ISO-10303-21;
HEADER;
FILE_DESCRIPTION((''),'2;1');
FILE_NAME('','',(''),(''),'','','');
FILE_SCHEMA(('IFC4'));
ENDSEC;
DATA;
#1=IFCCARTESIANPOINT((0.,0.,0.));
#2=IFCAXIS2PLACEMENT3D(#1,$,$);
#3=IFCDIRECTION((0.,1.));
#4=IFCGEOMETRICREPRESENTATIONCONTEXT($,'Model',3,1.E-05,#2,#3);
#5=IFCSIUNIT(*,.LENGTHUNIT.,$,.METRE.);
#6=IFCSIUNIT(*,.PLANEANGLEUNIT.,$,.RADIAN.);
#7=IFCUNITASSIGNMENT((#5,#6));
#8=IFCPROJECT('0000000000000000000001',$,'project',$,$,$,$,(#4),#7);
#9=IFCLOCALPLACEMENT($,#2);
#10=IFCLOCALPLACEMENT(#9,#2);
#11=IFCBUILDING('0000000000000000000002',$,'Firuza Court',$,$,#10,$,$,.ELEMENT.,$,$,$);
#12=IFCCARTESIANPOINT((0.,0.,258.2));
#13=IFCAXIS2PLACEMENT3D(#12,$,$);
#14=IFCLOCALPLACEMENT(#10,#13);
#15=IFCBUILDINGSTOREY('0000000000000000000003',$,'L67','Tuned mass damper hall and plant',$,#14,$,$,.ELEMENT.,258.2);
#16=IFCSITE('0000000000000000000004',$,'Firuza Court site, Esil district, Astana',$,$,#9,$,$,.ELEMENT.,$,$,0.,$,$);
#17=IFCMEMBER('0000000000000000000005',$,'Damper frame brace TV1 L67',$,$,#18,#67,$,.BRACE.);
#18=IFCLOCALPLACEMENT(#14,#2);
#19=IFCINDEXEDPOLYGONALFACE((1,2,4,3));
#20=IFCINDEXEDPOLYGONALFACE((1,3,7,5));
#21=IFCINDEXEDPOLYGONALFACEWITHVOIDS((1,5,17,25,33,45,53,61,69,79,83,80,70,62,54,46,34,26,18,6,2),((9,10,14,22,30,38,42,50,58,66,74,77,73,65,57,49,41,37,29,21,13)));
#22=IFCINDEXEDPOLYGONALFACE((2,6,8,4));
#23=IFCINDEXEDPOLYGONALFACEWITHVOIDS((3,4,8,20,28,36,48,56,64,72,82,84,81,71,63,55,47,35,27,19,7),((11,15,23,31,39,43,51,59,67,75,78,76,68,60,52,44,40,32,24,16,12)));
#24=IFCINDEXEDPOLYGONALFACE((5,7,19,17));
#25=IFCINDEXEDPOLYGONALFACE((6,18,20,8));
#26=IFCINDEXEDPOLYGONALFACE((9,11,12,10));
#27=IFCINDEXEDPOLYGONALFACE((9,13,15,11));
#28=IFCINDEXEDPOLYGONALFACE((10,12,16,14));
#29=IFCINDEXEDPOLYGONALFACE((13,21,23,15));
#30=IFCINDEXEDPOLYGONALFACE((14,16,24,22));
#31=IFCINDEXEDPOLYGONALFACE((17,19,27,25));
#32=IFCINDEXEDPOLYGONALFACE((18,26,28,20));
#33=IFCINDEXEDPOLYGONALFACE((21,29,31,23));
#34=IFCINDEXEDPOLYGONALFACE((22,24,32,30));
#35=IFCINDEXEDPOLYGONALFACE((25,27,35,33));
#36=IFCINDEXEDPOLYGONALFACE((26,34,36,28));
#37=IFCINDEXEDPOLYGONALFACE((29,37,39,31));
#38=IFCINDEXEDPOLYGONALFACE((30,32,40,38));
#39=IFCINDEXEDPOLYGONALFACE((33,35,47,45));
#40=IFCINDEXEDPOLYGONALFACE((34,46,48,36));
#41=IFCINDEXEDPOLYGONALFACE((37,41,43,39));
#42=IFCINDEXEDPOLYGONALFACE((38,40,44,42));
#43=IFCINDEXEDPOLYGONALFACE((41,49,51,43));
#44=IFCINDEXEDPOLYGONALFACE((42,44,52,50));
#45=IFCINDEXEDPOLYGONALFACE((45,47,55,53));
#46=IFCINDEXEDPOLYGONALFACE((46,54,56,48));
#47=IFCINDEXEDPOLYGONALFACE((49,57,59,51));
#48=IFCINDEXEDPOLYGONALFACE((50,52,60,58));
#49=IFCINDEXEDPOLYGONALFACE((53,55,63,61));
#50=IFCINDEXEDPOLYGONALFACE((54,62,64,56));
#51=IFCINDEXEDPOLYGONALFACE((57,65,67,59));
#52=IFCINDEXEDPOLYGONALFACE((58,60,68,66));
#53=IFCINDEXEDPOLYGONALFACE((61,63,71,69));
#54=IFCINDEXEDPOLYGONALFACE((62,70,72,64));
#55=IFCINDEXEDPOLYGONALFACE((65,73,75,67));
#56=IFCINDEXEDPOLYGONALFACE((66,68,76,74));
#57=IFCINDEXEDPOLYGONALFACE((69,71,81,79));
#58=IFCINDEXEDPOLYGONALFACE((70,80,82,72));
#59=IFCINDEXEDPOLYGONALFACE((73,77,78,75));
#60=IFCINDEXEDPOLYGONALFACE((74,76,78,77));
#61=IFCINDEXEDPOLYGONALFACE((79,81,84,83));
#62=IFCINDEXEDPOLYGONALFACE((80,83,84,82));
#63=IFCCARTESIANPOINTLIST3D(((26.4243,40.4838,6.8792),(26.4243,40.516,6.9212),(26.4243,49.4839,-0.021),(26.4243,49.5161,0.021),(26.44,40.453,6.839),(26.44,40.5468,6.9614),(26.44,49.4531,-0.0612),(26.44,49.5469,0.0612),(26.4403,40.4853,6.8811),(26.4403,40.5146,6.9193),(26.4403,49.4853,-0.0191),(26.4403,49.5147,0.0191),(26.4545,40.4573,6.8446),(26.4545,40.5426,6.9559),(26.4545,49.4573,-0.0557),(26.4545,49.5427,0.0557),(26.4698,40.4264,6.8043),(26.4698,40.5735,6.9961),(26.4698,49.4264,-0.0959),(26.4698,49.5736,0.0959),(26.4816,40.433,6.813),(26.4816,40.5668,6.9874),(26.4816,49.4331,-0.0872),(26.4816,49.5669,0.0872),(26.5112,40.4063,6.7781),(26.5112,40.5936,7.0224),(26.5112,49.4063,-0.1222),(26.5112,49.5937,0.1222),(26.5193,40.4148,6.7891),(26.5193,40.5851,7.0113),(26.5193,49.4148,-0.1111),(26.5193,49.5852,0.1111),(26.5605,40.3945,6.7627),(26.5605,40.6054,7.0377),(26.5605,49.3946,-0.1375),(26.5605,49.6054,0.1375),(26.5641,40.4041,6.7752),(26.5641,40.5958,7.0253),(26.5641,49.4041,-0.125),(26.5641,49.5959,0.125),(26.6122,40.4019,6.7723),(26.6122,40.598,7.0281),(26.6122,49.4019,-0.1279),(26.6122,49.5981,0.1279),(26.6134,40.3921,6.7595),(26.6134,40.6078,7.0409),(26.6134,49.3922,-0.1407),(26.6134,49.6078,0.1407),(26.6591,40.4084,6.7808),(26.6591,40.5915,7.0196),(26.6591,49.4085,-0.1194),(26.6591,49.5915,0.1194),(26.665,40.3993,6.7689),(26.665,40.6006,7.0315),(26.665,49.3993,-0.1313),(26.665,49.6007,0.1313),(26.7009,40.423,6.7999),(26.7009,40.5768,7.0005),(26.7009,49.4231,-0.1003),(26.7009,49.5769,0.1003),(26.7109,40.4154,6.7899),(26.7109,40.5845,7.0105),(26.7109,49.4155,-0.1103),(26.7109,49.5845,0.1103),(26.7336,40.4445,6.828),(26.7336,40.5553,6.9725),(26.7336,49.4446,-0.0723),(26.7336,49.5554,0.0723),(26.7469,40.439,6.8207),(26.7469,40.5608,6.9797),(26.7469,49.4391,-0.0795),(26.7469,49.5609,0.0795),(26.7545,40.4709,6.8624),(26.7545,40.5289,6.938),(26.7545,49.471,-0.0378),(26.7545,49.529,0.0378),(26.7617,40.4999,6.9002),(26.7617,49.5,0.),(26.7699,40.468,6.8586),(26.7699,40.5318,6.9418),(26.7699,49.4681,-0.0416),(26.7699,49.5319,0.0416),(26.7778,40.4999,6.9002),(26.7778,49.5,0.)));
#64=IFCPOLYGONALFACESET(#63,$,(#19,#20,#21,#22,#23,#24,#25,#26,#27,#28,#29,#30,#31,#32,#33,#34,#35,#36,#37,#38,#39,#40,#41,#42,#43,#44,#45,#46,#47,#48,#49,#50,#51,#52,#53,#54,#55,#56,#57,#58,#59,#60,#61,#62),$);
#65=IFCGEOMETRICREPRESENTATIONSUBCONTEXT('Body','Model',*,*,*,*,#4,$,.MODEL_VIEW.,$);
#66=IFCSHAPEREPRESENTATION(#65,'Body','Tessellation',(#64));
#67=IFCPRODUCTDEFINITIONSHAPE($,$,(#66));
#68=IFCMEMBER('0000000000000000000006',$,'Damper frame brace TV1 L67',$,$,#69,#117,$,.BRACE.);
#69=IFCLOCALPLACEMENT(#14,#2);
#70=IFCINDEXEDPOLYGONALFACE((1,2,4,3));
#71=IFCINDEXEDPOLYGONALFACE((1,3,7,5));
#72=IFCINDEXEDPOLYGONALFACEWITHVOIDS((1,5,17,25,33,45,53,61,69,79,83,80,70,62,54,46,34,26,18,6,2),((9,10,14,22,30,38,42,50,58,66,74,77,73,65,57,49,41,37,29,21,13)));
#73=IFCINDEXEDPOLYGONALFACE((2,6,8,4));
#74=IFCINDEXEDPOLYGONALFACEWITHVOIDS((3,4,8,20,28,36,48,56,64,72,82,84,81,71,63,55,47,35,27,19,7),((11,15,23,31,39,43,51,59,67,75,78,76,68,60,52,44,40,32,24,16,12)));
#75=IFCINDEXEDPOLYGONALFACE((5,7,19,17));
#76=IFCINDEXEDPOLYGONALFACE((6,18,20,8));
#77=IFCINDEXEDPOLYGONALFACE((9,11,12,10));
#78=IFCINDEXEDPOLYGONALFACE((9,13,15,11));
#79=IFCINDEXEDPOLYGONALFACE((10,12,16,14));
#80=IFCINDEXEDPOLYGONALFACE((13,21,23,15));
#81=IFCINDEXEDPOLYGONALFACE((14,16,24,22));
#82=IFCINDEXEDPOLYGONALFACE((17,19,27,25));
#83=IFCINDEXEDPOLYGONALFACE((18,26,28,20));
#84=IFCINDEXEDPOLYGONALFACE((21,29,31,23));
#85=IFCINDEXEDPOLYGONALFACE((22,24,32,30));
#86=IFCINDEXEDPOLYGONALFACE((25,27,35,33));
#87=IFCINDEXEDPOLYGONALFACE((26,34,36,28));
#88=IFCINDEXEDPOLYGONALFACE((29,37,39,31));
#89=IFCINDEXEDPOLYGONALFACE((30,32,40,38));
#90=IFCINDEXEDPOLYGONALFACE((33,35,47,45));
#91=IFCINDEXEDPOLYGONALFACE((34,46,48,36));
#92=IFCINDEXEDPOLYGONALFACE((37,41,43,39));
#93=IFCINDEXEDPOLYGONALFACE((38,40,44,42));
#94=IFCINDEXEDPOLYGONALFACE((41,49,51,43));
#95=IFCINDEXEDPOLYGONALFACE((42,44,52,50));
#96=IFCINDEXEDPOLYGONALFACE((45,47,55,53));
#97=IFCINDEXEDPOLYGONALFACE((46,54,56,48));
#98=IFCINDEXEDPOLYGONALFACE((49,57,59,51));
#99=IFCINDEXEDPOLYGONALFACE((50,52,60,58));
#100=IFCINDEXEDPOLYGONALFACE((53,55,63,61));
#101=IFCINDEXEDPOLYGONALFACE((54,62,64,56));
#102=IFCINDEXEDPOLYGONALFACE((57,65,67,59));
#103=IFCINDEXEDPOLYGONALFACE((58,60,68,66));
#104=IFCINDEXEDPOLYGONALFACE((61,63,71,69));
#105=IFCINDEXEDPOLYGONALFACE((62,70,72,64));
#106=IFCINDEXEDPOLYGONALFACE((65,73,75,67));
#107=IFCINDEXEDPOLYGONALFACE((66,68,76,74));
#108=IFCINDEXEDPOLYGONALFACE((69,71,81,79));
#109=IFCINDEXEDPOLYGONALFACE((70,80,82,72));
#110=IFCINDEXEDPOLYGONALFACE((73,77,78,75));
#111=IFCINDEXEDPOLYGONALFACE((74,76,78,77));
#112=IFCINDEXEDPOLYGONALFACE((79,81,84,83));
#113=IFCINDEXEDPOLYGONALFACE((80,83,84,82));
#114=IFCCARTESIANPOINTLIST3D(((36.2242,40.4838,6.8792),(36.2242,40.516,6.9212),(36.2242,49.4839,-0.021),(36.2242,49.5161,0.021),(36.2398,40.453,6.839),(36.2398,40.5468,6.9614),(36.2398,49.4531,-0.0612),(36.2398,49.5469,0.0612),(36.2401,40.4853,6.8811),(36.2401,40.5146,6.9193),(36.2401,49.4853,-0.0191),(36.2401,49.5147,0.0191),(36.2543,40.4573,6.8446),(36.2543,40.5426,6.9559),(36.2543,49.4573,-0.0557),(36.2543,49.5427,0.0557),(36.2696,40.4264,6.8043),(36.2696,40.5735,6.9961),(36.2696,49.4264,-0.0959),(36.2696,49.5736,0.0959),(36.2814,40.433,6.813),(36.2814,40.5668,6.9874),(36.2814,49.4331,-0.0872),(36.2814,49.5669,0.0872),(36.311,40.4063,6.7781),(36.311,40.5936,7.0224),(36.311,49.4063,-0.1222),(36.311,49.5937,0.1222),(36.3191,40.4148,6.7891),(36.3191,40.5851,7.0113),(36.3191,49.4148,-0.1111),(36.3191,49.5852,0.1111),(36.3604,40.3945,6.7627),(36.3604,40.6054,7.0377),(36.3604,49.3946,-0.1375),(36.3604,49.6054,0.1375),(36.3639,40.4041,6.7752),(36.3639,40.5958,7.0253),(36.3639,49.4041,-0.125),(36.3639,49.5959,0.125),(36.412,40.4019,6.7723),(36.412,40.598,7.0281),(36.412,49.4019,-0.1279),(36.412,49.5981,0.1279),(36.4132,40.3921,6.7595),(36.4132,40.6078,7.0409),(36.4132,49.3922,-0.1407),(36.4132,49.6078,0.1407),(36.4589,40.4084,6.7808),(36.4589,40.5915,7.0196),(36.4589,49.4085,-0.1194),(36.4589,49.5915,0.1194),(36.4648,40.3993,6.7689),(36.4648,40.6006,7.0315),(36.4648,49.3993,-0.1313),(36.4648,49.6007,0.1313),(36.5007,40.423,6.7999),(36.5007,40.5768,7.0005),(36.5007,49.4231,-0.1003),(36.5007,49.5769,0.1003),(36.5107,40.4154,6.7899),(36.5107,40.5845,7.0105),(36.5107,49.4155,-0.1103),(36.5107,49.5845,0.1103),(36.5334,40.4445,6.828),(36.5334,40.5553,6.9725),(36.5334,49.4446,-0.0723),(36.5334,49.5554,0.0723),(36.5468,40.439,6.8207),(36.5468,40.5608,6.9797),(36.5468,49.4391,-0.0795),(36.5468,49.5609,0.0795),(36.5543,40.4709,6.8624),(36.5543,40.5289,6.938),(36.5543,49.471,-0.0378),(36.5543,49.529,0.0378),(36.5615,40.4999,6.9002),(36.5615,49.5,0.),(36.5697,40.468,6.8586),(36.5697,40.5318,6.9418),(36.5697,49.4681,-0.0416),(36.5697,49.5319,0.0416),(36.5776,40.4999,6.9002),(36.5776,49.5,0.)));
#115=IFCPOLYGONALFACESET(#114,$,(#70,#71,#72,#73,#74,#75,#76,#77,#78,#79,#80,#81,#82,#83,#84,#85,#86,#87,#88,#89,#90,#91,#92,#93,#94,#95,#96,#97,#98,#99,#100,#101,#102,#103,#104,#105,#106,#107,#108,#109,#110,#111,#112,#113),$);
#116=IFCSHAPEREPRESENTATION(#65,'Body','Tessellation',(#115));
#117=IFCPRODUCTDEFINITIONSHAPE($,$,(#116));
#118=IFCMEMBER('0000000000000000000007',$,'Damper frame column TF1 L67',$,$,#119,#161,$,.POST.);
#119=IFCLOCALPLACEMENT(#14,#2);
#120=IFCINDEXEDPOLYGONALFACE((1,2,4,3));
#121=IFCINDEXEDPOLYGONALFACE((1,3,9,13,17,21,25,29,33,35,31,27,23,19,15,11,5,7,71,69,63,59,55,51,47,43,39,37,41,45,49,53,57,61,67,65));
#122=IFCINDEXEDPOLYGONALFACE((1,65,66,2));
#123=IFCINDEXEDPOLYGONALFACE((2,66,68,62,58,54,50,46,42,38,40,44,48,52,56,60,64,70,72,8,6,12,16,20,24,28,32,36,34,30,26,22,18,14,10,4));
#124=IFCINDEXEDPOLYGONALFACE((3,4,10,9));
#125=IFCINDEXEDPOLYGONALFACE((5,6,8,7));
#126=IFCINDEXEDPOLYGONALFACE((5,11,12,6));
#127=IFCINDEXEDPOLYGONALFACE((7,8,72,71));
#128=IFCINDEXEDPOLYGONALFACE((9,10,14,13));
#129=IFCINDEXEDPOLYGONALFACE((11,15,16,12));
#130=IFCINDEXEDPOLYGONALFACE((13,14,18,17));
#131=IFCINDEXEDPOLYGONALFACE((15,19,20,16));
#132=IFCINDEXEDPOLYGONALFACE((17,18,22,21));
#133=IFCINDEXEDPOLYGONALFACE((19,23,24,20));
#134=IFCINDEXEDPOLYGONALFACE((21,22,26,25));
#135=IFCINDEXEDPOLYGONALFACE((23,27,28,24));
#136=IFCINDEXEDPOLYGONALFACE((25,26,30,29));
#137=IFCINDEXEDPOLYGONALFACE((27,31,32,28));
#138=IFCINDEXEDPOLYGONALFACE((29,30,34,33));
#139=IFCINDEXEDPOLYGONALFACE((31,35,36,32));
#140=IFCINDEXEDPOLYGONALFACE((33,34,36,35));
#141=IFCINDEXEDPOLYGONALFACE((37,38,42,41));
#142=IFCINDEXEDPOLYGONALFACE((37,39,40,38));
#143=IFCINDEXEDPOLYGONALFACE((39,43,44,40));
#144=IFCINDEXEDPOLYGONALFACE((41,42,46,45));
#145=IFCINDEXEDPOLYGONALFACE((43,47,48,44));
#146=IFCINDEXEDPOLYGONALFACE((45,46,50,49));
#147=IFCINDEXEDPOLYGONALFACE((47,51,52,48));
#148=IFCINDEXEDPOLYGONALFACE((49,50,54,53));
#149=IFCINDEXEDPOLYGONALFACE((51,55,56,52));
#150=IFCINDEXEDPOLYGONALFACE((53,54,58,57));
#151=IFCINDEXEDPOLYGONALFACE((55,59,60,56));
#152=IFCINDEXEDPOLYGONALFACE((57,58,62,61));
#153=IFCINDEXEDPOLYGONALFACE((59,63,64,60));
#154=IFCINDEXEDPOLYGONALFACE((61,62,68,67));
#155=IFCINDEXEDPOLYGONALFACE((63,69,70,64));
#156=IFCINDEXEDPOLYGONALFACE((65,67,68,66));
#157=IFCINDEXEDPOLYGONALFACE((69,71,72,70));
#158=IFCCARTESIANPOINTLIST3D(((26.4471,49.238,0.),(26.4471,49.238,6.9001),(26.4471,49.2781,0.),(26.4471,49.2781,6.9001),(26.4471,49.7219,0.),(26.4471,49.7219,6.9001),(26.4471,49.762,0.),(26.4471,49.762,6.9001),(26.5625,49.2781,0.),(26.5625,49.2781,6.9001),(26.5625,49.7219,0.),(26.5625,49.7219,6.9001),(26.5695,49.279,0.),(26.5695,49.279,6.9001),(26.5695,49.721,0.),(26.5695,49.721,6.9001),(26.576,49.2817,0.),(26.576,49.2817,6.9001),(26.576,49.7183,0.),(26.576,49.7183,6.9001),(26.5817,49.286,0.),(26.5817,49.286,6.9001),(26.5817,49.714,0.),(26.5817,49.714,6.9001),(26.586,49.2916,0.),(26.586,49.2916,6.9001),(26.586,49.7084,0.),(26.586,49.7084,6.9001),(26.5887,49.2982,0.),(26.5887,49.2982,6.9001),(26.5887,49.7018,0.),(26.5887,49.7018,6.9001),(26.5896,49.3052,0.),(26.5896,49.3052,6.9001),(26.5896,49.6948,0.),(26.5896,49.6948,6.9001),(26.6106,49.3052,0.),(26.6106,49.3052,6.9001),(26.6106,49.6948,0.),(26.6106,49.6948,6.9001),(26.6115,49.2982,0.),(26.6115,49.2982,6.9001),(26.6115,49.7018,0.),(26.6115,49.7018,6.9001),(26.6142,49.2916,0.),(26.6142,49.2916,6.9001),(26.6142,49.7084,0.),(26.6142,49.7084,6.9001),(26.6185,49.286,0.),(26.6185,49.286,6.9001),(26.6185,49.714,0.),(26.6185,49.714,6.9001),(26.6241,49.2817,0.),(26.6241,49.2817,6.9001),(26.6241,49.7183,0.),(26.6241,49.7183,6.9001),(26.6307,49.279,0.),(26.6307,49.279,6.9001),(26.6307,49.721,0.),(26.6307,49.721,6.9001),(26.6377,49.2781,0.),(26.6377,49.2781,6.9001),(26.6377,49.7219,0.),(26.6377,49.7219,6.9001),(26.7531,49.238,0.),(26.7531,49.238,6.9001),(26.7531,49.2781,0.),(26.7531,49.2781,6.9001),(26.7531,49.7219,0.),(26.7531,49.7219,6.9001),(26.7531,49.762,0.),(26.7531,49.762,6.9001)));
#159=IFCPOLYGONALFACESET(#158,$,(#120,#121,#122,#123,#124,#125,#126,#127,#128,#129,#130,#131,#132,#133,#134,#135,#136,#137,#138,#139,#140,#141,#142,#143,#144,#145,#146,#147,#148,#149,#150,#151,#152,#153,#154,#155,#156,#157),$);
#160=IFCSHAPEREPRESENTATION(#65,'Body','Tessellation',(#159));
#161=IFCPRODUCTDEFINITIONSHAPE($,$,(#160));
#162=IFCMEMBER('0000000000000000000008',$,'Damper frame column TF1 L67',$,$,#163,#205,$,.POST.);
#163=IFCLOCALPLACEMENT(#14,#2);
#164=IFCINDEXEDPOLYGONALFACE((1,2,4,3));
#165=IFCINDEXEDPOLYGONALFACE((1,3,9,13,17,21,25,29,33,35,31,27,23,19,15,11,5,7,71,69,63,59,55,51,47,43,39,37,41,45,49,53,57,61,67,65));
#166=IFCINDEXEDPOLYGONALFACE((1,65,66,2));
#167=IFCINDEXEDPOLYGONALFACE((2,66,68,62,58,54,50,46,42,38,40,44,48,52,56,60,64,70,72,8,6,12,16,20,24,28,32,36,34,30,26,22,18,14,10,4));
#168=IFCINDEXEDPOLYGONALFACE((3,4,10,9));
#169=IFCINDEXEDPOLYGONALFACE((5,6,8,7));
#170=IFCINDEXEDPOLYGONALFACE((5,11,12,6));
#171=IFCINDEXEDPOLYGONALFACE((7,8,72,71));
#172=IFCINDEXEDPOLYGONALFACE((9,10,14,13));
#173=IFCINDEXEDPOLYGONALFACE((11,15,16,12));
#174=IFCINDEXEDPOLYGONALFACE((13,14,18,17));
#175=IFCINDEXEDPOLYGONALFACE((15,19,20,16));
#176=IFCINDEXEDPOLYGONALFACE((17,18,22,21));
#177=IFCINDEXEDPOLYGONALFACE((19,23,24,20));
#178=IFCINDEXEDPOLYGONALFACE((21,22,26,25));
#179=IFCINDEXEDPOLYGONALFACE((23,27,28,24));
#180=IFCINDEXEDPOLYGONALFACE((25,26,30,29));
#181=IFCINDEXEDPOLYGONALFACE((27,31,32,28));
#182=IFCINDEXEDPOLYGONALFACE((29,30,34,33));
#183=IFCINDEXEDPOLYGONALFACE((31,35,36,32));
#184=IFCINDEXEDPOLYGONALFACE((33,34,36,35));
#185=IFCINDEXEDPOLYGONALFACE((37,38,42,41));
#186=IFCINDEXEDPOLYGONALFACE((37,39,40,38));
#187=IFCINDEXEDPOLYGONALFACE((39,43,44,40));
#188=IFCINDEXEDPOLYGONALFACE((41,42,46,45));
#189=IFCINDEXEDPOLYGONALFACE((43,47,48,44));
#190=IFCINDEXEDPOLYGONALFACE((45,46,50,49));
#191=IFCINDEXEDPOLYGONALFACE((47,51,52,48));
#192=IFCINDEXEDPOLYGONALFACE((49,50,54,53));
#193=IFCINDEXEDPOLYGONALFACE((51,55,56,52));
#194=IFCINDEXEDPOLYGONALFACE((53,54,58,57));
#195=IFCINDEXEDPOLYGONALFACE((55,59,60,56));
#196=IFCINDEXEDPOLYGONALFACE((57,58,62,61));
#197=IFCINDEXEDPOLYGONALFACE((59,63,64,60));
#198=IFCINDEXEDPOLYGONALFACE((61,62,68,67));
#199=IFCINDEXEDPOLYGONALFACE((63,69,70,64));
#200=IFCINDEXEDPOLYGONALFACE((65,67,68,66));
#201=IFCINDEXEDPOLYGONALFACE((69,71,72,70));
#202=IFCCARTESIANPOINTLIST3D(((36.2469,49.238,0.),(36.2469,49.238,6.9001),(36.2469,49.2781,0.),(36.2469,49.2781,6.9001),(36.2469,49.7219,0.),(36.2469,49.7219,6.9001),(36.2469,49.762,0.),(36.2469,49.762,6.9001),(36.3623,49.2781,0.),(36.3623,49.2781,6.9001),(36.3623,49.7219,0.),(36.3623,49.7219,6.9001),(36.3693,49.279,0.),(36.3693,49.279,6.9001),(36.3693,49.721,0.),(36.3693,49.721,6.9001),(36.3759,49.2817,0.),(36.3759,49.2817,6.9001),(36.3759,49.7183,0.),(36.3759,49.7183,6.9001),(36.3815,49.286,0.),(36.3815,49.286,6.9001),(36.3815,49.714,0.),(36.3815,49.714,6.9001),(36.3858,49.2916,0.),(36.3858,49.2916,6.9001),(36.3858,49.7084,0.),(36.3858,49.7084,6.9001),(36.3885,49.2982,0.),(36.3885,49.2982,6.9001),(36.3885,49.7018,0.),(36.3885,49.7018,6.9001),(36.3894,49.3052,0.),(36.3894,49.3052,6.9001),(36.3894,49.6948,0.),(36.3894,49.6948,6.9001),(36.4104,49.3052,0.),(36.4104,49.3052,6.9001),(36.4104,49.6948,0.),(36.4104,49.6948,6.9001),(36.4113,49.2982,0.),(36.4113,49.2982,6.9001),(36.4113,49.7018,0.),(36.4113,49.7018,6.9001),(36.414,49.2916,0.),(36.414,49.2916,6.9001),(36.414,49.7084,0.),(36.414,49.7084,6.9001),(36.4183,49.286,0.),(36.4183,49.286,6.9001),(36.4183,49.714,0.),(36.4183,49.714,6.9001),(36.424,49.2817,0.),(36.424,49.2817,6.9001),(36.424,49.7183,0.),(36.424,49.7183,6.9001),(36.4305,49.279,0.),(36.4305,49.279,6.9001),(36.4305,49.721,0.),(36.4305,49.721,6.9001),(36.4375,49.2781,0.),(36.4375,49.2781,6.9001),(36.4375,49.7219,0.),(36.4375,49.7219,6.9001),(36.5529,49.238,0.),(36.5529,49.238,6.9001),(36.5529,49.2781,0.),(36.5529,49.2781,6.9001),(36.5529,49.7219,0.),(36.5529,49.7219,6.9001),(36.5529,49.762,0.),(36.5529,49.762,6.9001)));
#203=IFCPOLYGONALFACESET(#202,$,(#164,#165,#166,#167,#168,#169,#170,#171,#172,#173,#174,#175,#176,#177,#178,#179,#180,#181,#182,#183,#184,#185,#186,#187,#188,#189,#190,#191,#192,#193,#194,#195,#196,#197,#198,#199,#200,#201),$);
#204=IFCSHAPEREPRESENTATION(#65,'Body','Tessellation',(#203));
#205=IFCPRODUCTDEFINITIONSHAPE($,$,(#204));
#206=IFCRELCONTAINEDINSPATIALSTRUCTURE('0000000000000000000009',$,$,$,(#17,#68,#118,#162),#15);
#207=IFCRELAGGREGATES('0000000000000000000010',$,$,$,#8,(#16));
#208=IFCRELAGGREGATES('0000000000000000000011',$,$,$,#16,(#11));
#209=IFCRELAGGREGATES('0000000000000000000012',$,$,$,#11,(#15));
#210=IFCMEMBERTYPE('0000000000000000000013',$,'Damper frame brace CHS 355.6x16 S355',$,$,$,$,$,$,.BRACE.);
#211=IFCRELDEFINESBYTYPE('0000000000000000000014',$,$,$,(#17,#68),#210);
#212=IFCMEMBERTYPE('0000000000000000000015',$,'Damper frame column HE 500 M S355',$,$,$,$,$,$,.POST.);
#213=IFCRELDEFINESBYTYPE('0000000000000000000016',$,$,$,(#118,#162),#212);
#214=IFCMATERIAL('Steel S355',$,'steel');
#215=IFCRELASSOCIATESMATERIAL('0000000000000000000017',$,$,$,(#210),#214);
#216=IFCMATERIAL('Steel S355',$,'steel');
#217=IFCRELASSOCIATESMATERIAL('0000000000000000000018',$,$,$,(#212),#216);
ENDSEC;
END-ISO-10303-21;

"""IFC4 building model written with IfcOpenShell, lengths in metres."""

from ifc_helpers import new_model, si_unit, direction, frame, origin, origin_2d, place, context, subcontext, project, spatial, hollow_circle, i_section, extrude, material, material_profile, profile_set, type_object, element, save


model = new_model("IFC4")

# Units and contexts
model_context = context("Model", 3, precision=1e-05, world=origin(), true_north=direction((0.0, 1.0)))
body_context = subcontext(model_context, "Body", "Model", "MODEL_VIEW")
ifc_project = project(units=[si_unit("LENGTHUNIT", "METRE"), si_unit("PLANEANGLEUNIT", "RADIAN")], contexts=[model_context])

# Site, building, storey
site_placement = place(None, origin())
site = spatial("IfcSite", under=ifc_project, at=site_placement, Name="Firuza Court site, Esil district, Astana", CompositionType="ELEMENT", RefElevation=0.0)
building_placement = place(site_placement, origin())
building = spatial("IfcBuilding", under=site, at=building_placement, Name="Firuza Court", CompositionType="ELEMENT")
storey_placement = place(building_placement, frame((0.0, 0.0, 258.2)))
storey = spatial("IfcBuildingStorey", under=building, at=storey_placement, Name="L67", Description="Tuned mass damper hall and plant", CompositionType="ELEMENT", Elevation=258.2)

# Members
ifc_material_1 = material(Name="Steel S355", Category="steel")
ifc_material_profile_1 = material_profile(ifc_material_1, hollow_circle(Radius=0.1777, WallThickness=0.0161, at=origin_2d()), Name="CHS 355.6x16")
ifc_profile_set_1 = profile_set([ifc_material_profile_1], Name="Steel S355")
member_type_1 = type_object("IfcMemberType", Name="Damper frame brace CHS 355.6x16 S355", PredefinedType="BRACE", material=ifc_profile_set_1)
for number, where, z_axis, x_axis, name in (
    (1, (26.6001, 49.5, 0.0), (0.0, -0.7936, 0.60844), (1.0, 0.0, 0.0), "Damper frame brace TV1 L67"),
    (2, (36.3999, 49.5, 0.0), (0.0, -0.7936, 0.60844), (1.0, 0.0, 0.0), "Damper frame brace TV1 L67"),
):
    element("IfcMember", number, at=place(storey_placement, frame(where, z_axis=z_axis, x_axis=x_axis)), inside=storey, type_object=member_type_1, Name=name, PredefinedType="BRACE", context=body_context, shape_type="SweptSolid", body=[
        extrude(hollow_circle(Radius=0.1777, WallThickness=0.0161, at=origin_2d()), origin(), (0.0, 0.0, 1.0), 11.3408),
    ])
ifc_material_2 = material(Name="Steel S355", Category="steel")
ifc_material_profile_2 = material_profile(ifc_material_2, i_section(OverallWidth=0.3059, OverallDepth=0.5239, WebThickness=0.021, FlangeThickness=0.04, FilletRadius=0.0271, at=origin_2d()), Name="HE 500 M")
ifc_profile_set_2 = profile_set([ifc_material_profile_2], Name="Steel S355")
member_type_2 = type_object("IfcMemberType", Name="Damper frame column HE 500 M S355", PredefinedType="POST", material=ifc_profile_set_2)
for number, where, z_axis, x_axis, name in (
    (3, (26.6001, 49.5, 0.0), (0.0, 0.0, 1.0), (1.0, 0.0, 0.0), "Damper frame column TF1 L67"),
    (4, (36.3999, 49.5, 0.0), (0.0, 0.0, 1.0), (1.0, 0.0, 0.0), "Damper frame column TF1 L67"),
):
    element("IfcMember", number, at=place(storey_placement, frame(where, z_axis=z_axis, x_axis=x_axis)), inside=storey, type_object=member_type_2, Name=name, PredefinedType="POST", context=body_context, shape_type="SweptSolid", body=[
        extrude(i_section(OverallWidth=0.3059, OverallDepth=0.5239, WebThickness=0.021, FlangeThickness=0.04, FilletRadius=0.0271, at=origin_2d()), origin(), (0.0, 0.0, 1.0), 6.9001),
    ])

save(model, "model.ifc")
